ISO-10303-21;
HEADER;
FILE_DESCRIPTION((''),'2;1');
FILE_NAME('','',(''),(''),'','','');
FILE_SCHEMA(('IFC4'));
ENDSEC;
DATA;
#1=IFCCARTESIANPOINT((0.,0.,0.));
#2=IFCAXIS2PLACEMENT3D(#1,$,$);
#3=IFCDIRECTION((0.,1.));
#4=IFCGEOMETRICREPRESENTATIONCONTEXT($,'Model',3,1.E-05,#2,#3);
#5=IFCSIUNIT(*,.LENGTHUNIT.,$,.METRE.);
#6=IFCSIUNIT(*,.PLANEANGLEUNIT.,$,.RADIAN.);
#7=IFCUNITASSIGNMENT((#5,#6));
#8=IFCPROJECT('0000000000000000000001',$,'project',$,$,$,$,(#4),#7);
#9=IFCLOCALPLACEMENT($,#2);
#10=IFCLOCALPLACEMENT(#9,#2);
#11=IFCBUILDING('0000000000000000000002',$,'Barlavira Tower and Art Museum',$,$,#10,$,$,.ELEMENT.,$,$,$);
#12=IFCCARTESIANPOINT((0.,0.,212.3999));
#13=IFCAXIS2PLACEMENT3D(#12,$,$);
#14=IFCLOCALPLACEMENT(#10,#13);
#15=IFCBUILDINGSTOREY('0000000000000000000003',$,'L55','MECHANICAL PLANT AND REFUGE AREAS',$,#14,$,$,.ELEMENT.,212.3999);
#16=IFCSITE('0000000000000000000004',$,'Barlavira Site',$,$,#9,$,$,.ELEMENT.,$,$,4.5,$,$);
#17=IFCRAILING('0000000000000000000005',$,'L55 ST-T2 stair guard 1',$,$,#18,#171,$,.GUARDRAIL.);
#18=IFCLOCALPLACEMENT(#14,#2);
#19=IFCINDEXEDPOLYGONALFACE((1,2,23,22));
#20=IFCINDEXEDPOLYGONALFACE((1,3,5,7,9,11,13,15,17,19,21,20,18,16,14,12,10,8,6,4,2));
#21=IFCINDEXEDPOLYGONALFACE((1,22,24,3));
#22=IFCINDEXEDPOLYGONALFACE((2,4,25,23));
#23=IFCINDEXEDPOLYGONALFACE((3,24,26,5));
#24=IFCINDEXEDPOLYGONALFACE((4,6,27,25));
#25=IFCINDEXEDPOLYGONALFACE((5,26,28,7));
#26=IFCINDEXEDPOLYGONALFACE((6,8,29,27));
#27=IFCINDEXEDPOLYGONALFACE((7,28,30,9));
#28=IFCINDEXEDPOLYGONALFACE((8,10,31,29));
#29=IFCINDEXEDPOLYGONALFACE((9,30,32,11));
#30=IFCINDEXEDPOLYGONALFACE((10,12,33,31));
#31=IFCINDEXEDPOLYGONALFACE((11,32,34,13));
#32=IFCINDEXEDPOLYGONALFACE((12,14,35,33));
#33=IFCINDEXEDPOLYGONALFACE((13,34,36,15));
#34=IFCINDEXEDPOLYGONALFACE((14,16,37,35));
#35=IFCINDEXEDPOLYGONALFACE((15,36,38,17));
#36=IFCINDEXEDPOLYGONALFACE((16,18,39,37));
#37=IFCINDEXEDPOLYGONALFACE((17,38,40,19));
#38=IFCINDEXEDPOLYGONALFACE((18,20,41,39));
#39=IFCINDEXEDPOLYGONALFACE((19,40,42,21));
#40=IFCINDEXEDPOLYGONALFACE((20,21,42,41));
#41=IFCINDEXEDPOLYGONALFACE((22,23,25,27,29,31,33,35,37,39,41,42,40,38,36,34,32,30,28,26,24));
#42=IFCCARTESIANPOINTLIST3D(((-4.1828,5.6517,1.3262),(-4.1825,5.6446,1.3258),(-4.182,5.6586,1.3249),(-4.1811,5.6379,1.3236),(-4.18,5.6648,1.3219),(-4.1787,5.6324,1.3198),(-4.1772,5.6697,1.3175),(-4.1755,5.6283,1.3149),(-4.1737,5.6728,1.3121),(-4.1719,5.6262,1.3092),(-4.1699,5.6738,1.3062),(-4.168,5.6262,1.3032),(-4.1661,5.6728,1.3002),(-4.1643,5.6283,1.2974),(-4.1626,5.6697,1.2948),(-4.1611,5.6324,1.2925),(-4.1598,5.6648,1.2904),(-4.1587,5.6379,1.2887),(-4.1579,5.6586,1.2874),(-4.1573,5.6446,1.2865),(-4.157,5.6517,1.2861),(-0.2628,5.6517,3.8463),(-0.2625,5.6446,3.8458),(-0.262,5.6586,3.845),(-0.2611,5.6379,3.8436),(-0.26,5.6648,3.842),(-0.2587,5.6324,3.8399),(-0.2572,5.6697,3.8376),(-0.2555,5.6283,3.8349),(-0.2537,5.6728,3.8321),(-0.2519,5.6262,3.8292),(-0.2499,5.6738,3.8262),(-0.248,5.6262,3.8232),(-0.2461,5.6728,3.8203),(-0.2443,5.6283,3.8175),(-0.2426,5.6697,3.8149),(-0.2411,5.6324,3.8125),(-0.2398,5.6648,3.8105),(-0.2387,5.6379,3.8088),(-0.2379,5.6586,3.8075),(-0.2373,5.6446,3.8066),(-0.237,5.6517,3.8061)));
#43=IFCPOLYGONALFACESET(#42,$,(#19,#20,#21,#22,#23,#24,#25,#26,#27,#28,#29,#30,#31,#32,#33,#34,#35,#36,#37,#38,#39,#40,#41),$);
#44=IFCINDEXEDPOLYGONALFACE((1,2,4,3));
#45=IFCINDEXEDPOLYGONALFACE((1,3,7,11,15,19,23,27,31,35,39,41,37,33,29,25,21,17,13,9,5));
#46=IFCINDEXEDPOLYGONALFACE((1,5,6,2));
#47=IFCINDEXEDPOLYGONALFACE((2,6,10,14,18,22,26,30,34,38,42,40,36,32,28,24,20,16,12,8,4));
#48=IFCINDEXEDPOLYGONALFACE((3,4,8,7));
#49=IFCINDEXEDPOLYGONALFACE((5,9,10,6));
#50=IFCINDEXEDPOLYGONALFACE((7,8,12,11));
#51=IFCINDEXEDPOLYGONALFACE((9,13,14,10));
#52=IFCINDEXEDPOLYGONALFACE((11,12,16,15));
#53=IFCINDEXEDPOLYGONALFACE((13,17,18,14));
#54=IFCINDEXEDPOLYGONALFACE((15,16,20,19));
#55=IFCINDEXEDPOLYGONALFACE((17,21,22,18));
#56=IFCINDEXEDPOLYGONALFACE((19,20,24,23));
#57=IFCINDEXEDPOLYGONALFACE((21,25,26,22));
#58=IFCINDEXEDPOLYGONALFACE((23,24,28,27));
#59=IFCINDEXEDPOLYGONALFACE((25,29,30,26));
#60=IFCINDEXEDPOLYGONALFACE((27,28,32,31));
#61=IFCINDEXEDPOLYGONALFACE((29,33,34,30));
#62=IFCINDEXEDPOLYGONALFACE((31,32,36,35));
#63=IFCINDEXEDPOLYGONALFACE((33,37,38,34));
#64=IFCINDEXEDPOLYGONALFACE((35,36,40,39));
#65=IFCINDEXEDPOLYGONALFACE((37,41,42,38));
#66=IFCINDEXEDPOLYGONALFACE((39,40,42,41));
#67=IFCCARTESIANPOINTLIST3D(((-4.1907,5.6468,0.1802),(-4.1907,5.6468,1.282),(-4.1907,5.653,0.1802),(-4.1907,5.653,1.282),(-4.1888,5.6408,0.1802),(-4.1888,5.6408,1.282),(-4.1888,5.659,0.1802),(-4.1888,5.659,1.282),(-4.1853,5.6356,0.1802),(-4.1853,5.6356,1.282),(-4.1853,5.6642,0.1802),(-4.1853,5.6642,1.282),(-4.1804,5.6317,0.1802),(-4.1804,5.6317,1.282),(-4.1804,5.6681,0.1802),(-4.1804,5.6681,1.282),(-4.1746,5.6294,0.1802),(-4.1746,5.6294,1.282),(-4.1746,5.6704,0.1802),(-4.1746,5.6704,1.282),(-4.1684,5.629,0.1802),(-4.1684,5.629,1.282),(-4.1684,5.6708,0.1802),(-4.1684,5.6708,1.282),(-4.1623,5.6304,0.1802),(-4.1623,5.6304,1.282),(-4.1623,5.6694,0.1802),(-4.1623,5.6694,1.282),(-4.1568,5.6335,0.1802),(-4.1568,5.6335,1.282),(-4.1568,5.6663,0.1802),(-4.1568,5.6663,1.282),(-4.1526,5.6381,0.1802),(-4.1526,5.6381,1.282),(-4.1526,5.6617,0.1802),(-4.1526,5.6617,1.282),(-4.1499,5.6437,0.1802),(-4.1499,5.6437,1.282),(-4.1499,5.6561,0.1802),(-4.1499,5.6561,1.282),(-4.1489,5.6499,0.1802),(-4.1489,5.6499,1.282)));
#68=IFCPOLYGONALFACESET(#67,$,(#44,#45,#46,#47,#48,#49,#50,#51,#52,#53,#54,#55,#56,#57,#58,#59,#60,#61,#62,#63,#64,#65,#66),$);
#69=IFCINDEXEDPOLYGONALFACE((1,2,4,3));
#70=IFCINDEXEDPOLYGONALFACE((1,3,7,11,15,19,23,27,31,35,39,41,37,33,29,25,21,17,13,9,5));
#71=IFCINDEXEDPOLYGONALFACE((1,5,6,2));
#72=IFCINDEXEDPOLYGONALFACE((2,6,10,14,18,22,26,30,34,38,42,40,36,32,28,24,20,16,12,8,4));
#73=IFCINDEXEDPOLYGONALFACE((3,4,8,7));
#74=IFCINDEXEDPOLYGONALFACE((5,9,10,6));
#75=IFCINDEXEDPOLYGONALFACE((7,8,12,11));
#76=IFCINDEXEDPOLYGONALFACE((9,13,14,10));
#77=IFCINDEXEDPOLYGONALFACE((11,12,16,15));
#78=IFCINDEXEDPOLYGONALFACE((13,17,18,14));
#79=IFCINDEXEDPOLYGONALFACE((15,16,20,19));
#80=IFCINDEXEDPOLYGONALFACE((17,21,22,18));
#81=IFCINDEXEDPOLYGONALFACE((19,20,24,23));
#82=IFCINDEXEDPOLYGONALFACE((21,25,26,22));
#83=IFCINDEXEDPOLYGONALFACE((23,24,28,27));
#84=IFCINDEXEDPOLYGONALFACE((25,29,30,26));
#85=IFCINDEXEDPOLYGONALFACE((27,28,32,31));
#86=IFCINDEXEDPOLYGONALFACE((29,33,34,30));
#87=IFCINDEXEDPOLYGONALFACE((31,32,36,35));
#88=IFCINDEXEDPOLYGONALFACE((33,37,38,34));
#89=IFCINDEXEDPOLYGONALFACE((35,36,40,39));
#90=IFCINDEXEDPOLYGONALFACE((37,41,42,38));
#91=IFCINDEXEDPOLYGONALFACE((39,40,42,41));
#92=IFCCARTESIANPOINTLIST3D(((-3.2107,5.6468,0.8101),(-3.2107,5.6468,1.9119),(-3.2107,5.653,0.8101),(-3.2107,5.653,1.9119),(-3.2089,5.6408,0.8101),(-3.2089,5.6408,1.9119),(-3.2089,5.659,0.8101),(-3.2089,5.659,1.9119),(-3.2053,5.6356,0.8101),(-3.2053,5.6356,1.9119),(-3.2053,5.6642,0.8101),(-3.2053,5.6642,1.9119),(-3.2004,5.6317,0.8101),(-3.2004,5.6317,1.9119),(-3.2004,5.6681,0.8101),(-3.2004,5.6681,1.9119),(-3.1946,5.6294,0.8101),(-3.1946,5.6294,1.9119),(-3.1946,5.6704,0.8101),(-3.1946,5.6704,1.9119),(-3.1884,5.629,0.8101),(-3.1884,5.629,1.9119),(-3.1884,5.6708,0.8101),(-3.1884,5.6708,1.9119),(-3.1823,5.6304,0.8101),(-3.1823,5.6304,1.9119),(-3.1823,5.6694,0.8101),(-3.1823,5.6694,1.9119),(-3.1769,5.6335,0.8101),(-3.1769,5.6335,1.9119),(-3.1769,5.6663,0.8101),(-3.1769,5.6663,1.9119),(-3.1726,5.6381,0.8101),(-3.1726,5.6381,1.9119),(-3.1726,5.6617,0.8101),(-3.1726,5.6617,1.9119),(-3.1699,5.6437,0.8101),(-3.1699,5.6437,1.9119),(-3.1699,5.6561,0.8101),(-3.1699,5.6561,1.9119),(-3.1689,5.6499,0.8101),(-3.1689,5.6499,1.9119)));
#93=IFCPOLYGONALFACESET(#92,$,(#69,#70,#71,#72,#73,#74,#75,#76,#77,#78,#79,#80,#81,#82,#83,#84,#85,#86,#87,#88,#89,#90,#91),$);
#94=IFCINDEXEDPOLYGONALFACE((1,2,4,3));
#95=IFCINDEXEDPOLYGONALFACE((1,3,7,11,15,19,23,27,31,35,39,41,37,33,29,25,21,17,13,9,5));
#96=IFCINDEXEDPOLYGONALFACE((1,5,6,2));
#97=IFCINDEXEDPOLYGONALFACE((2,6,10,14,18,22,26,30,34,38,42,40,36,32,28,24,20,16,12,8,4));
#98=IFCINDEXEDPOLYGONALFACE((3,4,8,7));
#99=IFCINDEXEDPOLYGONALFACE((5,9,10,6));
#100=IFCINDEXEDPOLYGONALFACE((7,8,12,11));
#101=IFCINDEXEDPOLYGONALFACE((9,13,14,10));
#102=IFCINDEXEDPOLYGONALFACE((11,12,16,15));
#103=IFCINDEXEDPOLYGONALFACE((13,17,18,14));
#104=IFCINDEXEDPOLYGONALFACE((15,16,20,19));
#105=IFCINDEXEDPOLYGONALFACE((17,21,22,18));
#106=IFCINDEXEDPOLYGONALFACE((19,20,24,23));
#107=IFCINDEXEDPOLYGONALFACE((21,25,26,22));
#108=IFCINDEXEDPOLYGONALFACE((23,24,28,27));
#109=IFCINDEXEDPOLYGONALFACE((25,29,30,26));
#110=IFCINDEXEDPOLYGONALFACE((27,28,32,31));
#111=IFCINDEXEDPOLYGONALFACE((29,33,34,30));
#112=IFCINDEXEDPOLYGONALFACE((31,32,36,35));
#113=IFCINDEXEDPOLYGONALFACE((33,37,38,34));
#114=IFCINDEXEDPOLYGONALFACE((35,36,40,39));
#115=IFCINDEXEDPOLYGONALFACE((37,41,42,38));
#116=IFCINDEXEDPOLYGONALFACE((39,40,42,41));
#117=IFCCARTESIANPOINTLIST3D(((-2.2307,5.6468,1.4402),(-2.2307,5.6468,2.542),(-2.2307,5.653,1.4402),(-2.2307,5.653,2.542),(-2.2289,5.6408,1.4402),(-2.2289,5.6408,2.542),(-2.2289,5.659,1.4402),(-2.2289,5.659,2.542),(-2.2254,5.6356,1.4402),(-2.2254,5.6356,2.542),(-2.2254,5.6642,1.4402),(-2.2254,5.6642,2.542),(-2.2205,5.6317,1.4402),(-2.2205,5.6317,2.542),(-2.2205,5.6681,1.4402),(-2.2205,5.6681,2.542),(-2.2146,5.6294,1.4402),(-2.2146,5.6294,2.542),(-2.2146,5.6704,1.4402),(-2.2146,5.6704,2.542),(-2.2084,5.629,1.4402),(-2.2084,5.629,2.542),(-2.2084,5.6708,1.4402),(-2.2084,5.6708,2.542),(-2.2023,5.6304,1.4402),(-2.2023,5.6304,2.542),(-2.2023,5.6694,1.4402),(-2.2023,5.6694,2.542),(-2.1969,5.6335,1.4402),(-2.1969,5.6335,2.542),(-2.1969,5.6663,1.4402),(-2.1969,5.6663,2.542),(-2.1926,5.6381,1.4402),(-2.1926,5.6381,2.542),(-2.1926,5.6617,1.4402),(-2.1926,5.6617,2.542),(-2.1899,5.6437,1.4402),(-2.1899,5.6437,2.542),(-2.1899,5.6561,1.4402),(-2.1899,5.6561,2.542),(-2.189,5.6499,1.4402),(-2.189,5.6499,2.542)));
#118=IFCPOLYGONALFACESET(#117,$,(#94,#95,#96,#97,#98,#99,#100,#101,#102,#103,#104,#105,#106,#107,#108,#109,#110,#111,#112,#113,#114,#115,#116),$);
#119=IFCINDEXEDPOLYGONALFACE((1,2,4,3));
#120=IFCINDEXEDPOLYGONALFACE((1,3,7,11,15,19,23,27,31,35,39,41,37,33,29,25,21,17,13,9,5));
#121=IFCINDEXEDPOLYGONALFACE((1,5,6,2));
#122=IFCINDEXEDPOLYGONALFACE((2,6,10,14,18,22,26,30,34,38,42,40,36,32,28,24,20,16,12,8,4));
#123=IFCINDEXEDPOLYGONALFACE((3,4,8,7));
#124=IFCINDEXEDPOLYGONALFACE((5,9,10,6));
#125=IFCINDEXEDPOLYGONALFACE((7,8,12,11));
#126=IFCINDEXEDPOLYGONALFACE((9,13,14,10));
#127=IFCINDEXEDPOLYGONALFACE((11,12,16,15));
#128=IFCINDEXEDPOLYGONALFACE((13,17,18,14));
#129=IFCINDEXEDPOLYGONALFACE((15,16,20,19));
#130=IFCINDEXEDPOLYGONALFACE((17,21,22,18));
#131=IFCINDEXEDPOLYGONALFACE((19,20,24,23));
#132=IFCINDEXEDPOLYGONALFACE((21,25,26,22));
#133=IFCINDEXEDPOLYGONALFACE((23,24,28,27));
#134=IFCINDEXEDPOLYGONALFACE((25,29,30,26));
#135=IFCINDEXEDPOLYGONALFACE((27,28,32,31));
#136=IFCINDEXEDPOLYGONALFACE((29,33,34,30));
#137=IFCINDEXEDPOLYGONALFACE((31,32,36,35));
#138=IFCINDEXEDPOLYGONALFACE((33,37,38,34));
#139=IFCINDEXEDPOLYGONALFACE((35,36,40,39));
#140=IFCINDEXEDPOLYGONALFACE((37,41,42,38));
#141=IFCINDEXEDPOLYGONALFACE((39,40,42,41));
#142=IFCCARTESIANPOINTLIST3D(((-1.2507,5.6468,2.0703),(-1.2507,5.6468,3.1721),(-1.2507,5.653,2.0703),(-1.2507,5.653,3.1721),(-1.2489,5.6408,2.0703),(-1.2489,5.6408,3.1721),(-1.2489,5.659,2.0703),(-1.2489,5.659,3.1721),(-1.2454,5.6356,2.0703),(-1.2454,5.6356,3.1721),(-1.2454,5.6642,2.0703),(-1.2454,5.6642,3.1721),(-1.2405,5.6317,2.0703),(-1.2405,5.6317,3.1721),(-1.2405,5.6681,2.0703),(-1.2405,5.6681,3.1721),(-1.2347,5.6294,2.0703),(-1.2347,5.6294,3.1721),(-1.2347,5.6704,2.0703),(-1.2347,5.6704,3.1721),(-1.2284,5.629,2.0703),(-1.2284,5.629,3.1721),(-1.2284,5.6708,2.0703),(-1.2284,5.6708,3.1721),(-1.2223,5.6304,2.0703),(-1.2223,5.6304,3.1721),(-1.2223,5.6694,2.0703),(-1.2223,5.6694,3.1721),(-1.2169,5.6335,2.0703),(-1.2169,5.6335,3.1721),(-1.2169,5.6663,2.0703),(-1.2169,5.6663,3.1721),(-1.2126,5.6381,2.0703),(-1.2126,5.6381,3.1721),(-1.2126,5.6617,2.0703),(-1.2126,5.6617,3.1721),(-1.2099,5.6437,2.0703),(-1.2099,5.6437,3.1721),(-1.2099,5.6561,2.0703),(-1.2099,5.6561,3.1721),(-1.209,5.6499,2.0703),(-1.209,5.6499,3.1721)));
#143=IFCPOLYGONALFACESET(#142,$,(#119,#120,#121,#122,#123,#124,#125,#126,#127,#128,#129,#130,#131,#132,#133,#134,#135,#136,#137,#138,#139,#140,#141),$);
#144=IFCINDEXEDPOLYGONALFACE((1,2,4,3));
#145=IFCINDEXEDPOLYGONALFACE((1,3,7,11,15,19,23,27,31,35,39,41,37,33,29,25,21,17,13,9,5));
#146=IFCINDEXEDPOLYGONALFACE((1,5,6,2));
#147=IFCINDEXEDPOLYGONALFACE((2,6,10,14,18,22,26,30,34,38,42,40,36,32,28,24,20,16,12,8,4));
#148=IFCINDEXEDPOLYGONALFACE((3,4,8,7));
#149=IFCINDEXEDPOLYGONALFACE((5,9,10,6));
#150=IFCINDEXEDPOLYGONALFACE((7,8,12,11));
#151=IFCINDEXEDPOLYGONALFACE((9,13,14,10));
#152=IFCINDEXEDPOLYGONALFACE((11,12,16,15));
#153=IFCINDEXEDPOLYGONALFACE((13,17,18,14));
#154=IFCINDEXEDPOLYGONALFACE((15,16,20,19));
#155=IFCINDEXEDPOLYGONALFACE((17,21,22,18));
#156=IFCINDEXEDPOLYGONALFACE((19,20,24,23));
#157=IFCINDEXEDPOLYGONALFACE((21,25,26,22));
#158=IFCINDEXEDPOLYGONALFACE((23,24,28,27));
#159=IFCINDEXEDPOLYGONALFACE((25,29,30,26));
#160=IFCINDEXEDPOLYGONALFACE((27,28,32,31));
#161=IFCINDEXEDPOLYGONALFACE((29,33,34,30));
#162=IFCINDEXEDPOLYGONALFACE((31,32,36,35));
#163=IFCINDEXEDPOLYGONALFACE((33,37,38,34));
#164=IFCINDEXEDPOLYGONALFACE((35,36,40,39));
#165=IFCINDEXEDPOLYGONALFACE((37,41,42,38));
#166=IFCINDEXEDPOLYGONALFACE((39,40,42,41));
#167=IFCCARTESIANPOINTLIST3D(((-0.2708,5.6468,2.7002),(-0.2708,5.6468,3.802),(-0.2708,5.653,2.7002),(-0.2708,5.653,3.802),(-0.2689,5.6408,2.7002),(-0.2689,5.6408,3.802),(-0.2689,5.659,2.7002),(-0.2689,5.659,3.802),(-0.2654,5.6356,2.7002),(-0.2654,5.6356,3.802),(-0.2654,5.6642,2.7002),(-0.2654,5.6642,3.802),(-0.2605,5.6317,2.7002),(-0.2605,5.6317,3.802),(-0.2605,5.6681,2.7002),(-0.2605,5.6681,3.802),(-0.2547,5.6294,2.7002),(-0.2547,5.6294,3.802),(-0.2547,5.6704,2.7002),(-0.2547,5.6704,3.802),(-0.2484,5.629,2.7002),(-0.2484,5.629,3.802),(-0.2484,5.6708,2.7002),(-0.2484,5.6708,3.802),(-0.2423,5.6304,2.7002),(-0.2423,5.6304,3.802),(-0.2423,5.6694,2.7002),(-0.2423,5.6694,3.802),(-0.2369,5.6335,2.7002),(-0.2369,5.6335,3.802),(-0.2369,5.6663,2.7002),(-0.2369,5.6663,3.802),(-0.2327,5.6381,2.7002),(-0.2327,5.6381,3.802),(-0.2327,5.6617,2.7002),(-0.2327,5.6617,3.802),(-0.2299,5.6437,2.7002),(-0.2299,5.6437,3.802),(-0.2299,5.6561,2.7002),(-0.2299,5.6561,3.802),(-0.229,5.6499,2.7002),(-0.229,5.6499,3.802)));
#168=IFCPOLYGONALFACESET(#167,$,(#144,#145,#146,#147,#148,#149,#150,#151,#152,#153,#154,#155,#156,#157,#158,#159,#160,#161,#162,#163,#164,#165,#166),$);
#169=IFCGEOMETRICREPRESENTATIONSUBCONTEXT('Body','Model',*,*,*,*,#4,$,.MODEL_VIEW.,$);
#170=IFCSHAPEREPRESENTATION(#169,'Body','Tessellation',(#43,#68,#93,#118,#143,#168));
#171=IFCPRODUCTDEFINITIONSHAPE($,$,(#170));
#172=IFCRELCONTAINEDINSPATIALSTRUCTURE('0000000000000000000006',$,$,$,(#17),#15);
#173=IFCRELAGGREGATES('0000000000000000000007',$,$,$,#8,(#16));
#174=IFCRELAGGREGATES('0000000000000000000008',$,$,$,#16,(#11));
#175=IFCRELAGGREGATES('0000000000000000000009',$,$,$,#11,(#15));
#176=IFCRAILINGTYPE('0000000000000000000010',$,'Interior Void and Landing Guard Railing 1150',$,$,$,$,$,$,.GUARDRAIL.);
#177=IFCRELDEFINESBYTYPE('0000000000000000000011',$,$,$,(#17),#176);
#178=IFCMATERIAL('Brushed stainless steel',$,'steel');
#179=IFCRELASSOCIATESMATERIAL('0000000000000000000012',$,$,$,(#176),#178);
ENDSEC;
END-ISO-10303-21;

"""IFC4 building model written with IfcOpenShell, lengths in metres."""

from ifc_helpers import new_model, si_unit, direction, frame, origin, origin_2d, place, context, subcontext, project, spatial, circle, extrude, material, type_object, element, save


model = new_model("IFC4")

# Units and contexts
model_context = context("Model", 3, precision=1e-05, world=origin(), true_north=direction((0.0, 1.0)))
body_context = subcontext(model_context, "Body", "Model", "MODEL_VIEW")
ifc_project = project(units=[si_unit("LENGTHUNIT", "METRE"), si_unit("PLANEANGLEUNIT", "RADIAN")], contexts=[model_context])

# Site, building, storey
site_placement = place(None, origin())
site = spatial("IfcSite", under=ifc_project, at=site_placement, Name="Barlavira Site", CompositionType="ELEMENT", RefElevation=4.5)
building_placement = place(site_placement, origin())
building = spatial("IfcBuilding", under=site, at=building_placement, Name="Barlavira Tower and Art Museum", CompositionType="ELEMENT")
storey_placement = place(building_placement, frame((0.0, 0.0, 212.3999)))
storey = spatial("IfcBuildingStorey", under=building, at=storey_placement, Name="L55", Description="MECHANICAL PLANT AND REFUGE AREAS", CompositionType="ELEMENT", Elevation=212.3999)

# Shared definitions
ifc_material_1 = material(Name="Brushed stainless steel", Category="steel")

# Railing
railing_type_1 = type_object("IfcRailingType", Name="Interior Void and Landing Guard Railing 1150", PredefinedType="GUARDRAIL", material=ifc_material_1)
railing_1_placement = place(storey_placement, frame((-4.1699, 5.6499, 0.1802)))
element("IfcRailing", 1, at=railing_1_placement, inside=storey, type_object=railing_type_1, Name="L55 ST-T2 stair guard 1", PredefinedType="GUARDRAIL", context=body_context, shape_type="SweptSolid", body=[
    extrude(circle(Radius=0.0239, at=origin_2d()), frame((0.0, 0.0, 1.126), z_axis=(0.841172, 0.0, 0.540768), x_axis=(0.0, 1.0, 0.0)), (0.0, 0.0, 1.0), 4.6602),
    extrude(circle(Radius=0.021, at=origin_2d()), origin(), (0.0, 0.0, 1.0), 1.1018),
    extrude(circle(Radius=0.021, at=origin_2d()), frame((0.98, 0.0, 0.6299)), (0.0, 0.0, 1.0), 1.1018),
    extrude(circle(Radius=0.021, at=origin_2d()), frame((1.96, 0.0, 1.26)), (0.0, 0.0, 1.0), 1.1018),
    extrude(circle(Radius=0.021, at=origin_2d()), frame((2.9399, 0.0, 1.8901)), (0.0, 0.0, 1.0), 1.1018),
    extrude(circle(Radius=0.021, at=origin_2d()), frame((3.9199, 0.0, 2.52)), (0.0, 0.0, 1.0), 1.1018),
])

save(model, "model.ifc")
